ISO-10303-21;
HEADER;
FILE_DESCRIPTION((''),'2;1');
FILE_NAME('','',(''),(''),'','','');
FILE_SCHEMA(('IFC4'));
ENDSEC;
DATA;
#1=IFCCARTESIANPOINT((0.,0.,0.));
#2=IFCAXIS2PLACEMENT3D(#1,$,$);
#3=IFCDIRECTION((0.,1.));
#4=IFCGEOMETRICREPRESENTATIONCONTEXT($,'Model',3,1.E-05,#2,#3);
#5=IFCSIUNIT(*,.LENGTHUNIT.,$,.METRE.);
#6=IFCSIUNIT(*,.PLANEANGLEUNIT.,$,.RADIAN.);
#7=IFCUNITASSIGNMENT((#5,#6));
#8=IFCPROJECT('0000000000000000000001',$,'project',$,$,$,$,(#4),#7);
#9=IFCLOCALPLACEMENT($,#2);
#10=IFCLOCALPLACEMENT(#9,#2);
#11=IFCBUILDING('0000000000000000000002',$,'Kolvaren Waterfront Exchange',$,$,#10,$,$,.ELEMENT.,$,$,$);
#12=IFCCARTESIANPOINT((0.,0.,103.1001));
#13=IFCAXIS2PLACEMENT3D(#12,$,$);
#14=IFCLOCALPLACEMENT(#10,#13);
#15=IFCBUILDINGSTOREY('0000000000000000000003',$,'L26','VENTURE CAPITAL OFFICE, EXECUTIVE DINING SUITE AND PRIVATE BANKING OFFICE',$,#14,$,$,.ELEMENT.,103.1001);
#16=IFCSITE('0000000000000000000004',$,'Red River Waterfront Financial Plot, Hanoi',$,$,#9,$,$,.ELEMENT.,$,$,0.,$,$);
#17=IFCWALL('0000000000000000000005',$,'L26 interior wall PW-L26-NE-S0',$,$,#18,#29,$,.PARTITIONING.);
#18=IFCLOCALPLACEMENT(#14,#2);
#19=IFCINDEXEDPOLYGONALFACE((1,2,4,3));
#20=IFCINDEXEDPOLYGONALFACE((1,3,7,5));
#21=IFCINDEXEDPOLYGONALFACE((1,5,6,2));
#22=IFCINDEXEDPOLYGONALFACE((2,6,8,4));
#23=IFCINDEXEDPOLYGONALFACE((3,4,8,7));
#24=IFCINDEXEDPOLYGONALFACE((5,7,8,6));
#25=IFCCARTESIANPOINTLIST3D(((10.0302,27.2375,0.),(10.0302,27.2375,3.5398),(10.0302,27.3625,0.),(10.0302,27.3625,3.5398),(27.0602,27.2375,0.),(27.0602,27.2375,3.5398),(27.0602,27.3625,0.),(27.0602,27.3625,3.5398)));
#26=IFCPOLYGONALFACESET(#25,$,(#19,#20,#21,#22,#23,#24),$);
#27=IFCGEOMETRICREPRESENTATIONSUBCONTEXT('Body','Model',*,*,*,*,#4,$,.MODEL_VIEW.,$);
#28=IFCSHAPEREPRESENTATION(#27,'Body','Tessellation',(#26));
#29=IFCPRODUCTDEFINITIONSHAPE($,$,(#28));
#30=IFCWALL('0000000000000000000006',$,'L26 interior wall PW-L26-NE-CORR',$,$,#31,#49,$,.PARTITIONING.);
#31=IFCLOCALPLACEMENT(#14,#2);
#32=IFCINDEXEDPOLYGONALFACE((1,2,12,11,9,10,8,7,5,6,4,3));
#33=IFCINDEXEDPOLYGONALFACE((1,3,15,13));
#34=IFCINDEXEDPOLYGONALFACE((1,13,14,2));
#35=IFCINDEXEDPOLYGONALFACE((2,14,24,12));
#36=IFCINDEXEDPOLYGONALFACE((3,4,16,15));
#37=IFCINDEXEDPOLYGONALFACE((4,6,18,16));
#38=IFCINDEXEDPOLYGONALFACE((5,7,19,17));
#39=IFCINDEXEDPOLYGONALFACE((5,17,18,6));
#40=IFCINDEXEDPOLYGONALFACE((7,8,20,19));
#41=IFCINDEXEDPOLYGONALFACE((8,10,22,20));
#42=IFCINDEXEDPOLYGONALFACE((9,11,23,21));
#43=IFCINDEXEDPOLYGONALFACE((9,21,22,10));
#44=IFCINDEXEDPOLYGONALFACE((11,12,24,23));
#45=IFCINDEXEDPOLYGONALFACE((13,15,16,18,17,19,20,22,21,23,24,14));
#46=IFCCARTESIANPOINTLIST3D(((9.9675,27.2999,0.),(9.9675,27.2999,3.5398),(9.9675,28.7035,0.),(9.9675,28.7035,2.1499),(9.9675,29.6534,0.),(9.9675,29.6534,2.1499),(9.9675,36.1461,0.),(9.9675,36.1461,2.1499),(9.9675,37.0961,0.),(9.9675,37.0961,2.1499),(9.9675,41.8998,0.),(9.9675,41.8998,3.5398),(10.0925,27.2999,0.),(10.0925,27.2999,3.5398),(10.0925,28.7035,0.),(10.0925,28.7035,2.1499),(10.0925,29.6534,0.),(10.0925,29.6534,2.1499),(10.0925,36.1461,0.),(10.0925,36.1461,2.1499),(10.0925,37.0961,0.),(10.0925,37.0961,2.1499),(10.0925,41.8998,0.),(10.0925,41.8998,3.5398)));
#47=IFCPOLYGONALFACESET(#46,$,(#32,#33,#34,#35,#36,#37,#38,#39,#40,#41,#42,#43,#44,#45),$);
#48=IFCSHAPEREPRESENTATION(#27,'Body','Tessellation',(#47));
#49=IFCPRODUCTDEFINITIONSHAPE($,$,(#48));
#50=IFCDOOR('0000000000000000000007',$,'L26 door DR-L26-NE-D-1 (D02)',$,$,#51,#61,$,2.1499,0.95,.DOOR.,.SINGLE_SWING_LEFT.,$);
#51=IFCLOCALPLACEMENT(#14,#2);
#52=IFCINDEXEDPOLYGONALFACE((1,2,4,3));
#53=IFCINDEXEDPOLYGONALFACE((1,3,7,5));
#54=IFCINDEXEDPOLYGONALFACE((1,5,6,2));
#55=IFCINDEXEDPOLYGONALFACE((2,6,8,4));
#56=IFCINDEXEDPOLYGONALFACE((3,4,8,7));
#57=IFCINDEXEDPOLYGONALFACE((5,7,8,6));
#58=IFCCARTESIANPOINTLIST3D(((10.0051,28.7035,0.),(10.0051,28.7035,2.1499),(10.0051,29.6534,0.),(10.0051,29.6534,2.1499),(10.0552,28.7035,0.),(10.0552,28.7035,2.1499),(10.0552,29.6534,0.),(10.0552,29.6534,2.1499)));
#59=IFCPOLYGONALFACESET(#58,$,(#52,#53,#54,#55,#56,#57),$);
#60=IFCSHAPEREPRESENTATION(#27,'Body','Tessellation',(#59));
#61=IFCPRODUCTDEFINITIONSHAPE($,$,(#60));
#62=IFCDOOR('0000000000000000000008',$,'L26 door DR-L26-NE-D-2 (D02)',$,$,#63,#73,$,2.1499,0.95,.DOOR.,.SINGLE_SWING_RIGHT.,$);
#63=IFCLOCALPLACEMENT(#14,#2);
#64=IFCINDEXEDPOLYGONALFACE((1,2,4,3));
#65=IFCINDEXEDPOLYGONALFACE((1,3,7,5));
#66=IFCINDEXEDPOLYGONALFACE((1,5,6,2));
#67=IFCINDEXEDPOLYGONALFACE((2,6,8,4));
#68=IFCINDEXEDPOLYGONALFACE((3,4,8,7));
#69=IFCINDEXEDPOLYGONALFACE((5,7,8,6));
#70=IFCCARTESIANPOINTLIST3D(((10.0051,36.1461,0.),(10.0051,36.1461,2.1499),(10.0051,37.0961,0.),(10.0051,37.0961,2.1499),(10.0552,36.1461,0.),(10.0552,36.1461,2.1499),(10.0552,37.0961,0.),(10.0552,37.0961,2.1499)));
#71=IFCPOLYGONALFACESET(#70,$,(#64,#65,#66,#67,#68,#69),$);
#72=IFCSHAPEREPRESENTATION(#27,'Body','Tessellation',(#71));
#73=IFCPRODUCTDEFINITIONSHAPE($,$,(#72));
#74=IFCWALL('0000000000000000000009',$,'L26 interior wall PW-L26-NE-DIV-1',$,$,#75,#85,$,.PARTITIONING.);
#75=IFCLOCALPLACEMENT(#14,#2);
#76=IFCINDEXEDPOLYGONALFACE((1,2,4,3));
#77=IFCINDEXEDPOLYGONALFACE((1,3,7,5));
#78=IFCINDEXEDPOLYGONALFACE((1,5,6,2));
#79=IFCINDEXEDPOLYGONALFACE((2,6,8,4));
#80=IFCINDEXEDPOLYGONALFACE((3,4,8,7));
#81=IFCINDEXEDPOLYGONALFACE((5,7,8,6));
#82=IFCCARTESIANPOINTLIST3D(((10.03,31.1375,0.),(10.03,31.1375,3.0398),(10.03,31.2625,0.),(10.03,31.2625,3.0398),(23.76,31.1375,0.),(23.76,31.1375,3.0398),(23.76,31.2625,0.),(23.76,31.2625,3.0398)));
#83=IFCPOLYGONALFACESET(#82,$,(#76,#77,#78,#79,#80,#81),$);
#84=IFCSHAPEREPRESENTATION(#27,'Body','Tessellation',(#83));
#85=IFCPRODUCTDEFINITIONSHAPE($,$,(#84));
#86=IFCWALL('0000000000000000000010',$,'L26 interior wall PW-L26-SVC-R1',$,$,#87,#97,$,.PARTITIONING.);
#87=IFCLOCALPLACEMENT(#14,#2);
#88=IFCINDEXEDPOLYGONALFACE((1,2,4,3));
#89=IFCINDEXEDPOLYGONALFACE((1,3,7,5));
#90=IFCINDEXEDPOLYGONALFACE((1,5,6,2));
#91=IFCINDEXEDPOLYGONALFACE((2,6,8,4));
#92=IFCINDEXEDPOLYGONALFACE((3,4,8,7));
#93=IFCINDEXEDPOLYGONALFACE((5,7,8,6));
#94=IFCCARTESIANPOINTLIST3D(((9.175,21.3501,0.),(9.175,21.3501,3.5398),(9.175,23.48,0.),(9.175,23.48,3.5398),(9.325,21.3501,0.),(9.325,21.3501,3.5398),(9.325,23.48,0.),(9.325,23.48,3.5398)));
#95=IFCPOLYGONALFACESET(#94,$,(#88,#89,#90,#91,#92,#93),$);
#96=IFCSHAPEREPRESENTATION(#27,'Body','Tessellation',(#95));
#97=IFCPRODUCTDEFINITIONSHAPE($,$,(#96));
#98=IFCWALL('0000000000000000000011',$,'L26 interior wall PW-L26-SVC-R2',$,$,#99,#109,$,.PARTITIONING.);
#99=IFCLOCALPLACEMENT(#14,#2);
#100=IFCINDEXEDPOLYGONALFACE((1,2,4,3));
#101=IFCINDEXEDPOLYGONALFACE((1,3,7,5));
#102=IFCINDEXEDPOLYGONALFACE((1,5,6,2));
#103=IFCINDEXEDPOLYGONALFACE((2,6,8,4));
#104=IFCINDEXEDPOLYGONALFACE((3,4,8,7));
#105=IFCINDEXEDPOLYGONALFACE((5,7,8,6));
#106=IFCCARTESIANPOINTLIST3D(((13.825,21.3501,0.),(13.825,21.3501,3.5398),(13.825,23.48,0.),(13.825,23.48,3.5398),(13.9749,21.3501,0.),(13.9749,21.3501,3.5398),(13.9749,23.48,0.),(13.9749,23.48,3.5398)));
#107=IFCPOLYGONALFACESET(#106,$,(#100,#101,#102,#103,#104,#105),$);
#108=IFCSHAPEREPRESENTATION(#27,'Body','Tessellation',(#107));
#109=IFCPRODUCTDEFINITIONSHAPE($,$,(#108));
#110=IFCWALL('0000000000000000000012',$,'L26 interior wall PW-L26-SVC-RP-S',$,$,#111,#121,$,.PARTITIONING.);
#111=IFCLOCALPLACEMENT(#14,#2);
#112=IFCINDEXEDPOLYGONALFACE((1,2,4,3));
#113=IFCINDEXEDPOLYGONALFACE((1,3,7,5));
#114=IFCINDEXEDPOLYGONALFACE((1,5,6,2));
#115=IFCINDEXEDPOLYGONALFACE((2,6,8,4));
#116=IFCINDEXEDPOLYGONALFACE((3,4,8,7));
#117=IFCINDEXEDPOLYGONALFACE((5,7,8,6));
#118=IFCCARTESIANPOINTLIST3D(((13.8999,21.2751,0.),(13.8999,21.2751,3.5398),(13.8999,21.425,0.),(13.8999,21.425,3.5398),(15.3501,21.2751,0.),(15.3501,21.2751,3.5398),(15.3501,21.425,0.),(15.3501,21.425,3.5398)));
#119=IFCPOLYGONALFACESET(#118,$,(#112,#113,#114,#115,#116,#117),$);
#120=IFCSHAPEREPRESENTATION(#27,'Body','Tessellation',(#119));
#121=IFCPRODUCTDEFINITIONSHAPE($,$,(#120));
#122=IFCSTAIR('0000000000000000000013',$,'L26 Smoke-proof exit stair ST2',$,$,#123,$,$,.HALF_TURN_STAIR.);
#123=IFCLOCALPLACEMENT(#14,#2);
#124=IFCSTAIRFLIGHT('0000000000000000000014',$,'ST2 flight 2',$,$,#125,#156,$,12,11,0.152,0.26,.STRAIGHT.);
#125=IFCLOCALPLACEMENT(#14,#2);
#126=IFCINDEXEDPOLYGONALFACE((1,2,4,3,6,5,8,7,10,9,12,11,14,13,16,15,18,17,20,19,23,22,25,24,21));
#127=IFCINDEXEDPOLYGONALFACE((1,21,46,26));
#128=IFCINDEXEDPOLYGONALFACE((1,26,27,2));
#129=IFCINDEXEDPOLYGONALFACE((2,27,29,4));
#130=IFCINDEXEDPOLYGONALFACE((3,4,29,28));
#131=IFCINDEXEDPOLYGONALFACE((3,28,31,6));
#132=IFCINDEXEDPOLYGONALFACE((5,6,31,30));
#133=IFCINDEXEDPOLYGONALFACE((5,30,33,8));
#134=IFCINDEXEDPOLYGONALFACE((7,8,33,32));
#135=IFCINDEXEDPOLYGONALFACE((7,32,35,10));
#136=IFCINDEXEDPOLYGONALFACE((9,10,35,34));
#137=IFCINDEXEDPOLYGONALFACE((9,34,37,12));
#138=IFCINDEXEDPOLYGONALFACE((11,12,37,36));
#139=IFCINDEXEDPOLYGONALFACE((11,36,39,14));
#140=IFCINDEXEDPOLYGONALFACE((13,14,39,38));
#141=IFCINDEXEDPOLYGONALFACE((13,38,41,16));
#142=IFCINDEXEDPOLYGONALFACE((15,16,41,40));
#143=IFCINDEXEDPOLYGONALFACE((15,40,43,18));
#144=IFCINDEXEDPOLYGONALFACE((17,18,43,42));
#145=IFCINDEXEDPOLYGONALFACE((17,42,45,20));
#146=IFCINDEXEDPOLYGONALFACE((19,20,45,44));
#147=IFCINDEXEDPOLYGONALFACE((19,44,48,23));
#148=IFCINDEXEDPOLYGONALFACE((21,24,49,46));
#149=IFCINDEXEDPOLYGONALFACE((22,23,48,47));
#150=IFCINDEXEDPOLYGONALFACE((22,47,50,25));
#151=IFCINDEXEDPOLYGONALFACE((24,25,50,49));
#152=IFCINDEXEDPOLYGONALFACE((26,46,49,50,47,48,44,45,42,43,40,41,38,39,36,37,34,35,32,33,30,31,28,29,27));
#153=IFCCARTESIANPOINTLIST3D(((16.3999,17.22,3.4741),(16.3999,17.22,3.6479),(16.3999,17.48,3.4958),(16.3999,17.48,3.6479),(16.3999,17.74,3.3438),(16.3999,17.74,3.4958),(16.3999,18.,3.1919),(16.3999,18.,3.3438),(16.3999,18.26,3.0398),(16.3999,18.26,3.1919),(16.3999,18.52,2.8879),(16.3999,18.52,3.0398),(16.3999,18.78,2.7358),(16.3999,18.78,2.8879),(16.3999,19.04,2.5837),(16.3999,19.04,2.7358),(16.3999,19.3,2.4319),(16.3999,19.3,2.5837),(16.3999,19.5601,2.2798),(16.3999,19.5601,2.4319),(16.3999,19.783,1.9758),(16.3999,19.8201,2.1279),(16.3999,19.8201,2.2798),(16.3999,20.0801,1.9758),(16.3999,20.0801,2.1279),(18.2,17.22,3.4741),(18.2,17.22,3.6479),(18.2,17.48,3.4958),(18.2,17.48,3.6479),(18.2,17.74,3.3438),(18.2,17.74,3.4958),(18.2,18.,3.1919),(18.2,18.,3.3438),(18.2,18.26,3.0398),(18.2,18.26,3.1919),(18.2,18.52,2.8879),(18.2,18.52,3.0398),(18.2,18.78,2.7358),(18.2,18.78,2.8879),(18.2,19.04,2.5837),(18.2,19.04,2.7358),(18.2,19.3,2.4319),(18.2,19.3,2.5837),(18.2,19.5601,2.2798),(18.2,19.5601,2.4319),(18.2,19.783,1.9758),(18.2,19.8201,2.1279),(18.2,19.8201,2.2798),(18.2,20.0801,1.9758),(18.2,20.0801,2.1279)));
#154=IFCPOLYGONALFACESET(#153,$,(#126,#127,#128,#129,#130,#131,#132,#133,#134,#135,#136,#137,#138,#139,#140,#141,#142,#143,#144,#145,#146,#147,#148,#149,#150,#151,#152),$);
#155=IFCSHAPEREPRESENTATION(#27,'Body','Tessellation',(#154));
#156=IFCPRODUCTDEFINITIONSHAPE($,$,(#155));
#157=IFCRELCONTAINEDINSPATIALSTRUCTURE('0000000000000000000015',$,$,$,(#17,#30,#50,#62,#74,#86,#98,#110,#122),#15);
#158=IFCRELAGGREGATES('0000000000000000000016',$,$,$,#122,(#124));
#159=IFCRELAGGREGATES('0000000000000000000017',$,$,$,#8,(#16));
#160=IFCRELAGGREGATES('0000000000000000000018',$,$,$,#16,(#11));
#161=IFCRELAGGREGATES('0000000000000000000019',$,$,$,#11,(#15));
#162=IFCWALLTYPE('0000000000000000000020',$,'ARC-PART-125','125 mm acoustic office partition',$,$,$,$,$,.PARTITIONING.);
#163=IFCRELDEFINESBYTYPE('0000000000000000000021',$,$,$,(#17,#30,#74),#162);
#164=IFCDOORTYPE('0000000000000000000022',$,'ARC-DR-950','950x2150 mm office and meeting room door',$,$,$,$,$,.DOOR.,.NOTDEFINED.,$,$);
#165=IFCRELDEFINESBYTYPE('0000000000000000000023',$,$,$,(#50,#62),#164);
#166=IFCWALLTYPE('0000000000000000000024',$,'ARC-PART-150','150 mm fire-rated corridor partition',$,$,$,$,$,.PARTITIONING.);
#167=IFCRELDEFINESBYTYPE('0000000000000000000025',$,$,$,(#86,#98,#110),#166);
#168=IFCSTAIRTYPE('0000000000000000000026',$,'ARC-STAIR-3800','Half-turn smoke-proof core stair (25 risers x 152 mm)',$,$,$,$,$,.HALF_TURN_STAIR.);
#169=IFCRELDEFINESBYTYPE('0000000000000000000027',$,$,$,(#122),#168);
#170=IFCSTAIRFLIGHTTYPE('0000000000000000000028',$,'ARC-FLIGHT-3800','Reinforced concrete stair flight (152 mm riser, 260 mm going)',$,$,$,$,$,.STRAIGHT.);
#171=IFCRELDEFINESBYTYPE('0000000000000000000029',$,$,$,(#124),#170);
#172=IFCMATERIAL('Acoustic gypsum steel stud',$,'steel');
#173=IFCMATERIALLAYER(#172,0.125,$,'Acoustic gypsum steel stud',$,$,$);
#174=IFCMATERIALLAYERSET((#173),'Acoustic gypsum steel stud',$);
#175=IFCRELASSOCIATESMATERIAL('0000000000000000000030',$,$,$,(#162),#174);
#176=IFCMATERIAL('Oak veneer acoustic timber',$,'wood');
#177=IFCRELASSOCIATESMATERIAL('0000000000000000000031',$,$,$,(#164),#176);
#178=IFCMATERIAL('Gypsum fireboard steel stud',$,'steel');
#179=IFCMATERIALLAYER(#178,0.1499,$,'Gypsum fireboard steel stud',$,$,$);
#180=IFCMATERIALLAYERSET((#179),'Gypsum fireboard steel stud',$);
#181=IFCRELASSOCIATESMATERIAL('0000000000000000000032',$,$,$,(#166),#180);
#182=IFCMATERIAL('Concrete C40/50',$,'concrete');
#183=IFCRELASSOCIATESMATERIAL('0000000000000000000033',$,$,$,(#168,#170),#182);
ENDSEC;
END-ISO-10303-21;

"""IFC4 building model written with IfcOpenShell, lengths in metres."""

from ifc_helpers import new_model, si_unit, direction, frame, frame_2d, origin, place, context, subcontext, project, spatial, polyline, rectangle, outline, extrude, material, layer, layer_set, type_object, element, fill, aggregate, save


model = new_model("IFC4")

# Units and contexts
model_context = context("Model", 3, precision=1e-05, world=origin(), true_north=direction((0.0, 1.0)))
body_context = subcontext(model_context, "Body", "Model", "MODEL_VIEW")
ifc_project = project(units=[si_unit("LENGTHUNIT", "METRE"), si_unit("PLANEANGLEUNIT", "RADIAN")], contexts=[model_context])

# Site, building, storey
site_placement = place(None, origin())
site = spatial("IfcSite", under=ifc_project, at=site_placement, Name="Red River Waterfront Financial Plot, Hanoi", CompositionType="ELEMENT", RefElevation=0.0)
building_placement = place(site_placement, origin())
building = spatial("IfcBuilding", under=site, at=building_placement, Name="Kolvaren Waterfront Exchange", CompositionType="ELEMENT")
storey_placement = place(building_placement, frame((0.0, 0.0, 103.1001)))
storey = spatial("IfcBuildingStorey", under=building, at=storey_placement, Name="L26", Description="VENTURE CAPITAL OFFICE, EXECUTIVE DINING SUITE AND PRIVATE BANKING OFFICE", CompositionType="ELEMENT", Elevation=103.1001)

# Shared definitions
ifc_material_1 = material(Name="Acoustic gypsum steel stud", Category="steel")
ifc_layer_1 = layer(ifc_material_1, 0.125, Name="Acoustic gypsum steel stud")
ifc_layer_set_1 = layer_set([ifc_layer_1], Name="Acoustic gypsum steel stud")
wall_type_1 = type_object("IfcWallType", Name="ARC-PART-125", Description="125 mm acoustic office partition", PredefinedType="PARTITIONING", material=ifc_layer_set_1)

# Shared definitions
ifc_material_2 = material(Name="Oak veneer acoustic timber", Category="wood")
door_type_1 = type_object("IfcDoorType", Name="ARC-DR-950", Description="950x2150 mm office and meeting room door", OperationType="NOTDEFINED", PredefinedType="DOOR", material=ifc_material_2)

# Wall
wall_1_placement = place(storey_placement, frame((10.03, 27.3, 0.0), z_axis=(0.0, 0.0, 1.0), x_axis=(1.0, 0.0, 0.0)))
element("IfcWall", 1, at=wall_1_placement, inside=storey, type_object=wall_type_1, Name="L26 interior wall PW-L26-NE-S0", PredefinedType="PARTITIONING", context=body_context, shape_type="SweptSolid", body=[
    extrude(rectangle(XDim=17.03, YDim=0.125, at=frame_2d((8.5151, 0.0))), origin(), (0.0, 0.0, 1.0), 3.5398),
])

# Wall, openings, doors
wall_2_placement = place(storey_placement, frame((10.03, 27.3, 0.0), z_axis=(0.0, 0.0, 1.0), x_axis=(0.0, 1.0, 0.0)))
wall_2 = element("IfcWall", 2, at=wall_2_placement, inside=storey, type_object=wall_type_1, Name="L26 interior wall PW-L26-NE-CORR", PredefinedType="PARTITIONING", context=body_context, shape_type="SweptSolid", body=[
    extrude(rectangle(XDim=14.5999, YDim=0.125, at=frame_2d((7.2998, 0.0))), origin(), (0.0, 0.0, 1.0), 3.5398),
])
opening_1_placement = place(wall_2_placement, frame((1.4033, 0.0, 0.0)))
opening_1 = element("IfcOpeningElement", 3, at=opening_1_placement, cuts=wall_2, PredefinedType="OPENING", context=body_context, shape_type="SweptSolid", body=[
    extrude(rectangle(XDim=0.95, YDim=2.1499, at=frame_2d((0.4751, 1.075))), frame((0.0, 0.0725, 0.0), z_axis=(0.0, -1.0, 0.0), x_axis=(1.0, 0.0, 0.0)), (0.0, 0.0, 1.0), 0.145),
])
opening_2_placement = place(wall_2_placement, frame((8.8459, 0.0, 0.0)))
opening_2 = element("IfcOpeningElement", 4, at=opening_2_placement, cuts=wall_2, PredefinedType="OPENING", context=body_context, shape_type="SweptSolid", body=[
    extrude(rectangle(XDim=0.95, YDim=2.1499, at=frame_2d((0.4751, 1.075))), frame((0.0, 0.0725, 0.0), z_axis=(0.0, -1.0, 0.0), x_axis=(1.0, 0.0, 0.0)), (0.0, 0.0, 1.0), 0.145),
])
door_1_placement = place(opening_1_placement, origin())
door_1 = element("IfcDoor", 5, at=door_1_placement, inside=storey, type_object=door_type_1, Name="L26 door DR-L26-NE-D-1 (D02)", OperationType="SINGLE_SWING_LEFT", OverallHeight=2.1499, OverallWidth=0.95, PredefinedType="DOOR", context=body_context, shape_type="SweptSolid", body=[
    extrude(rectangle(XDim=0.95, YDim=2.1499, at=frame_2d((0.4751, 1.075))), frame((0.0, 0.0249, 0.0), z_axis=(0.0, -1.0, 0.0), x_axis=(1.0, 0.0, 0.0)), (0.0, 0.0, 1.0), 0.05),
])
fill(opening_1, door_1)
door_2_placement = place(opening_2_placement, origin())
door_2 = element("IfcDoor", 6, at=door_2_placement, inside=storey, type_object=door_type_1, Name="L26 door DR-L26-NE-D-2 (D02)", OperationType="SINGLE_SWING_RIGHT", OverallHeight=2.1499, OverallWidth=0.95, PredefinedType="DOOR", context=body_context, shape_type="SweptSolid", body=[
    extrude(rectangle(XDim=0.95, YDim=2.1499, at=frame_2d((0.4751, 1.075))), frame((0.0, 0.0249, 0.0), z_axis=(0.0, -1.0, 0.0), x_axis=(1.0, 0.0, 0.0)), (0.0, 0.0, 1.0), 0.05),
])
fill(opening_2, door_2)

# Walls
wall_3_placement = place(storey_placement, frame((10.03, 31.2, 0.0), z_axis=(0.0, 0.0, 1.0), x_axis=(1.0, 0.0, 0.0)))
element("IfcWall", 7, at=wall_3_placement, inside=storey, type_object=wall_type_1, Name="L26 interior wall PW-L26-NE-DIV-1", PredefinedType="PARTITIONING", context=body_context, shape_type="SweptSolid", body=[
    extrude(rectangle(XDim=13.73, YDim=0.125, at=frame_2d((6.865, 0.0))), origin(), (0.0, 0.0, 1.0), 3.0398),
])
ifc_material_3 = material(Name="Gypsum fireboard steel stud", Category="steel")
ifc_layer_2 = layer(ifc_material_3, 0.1499, Name="Gypsum fireboard steel stud")
ifc_layer_set_2 = layer_set([ifc_layer_2], Name="Gypsum fireboard steel stud")
wall_type_2 = type_object("IfcWallType", Name="ARC-PART-150", Description="150 mm fire-rated corridor partition", PredefinedType="PARTITIONING", material=ifc_layer_set_2)
for number, where, z_axis, x_axis, name in (
    (8, (9.25, 21.3501, 0.0), (0.0, 0.0, 1.0), (0.0, 1.0, 0.0), "L26 interior wall PW-L26-SVC-R1"),
    (9, (13.8999, 21.3501, 0.0), (0.0, 0.0, 1.0), (0.0, 1.0, 0.0), "L26 interior wall PW-L26-SVC-R2"),
):
    element("IfcWall", number, at=place(storey_placement, frame(where, z_axis=z_axis, x_axis=x_axis)), inside=storey, type_object=wall_type_2, Name=name, PredefinedType="PARTITIONING", context=body_context, shape_type="SweptSolid", body=[
        extrude(rectangle(XDim=2.1299, YDim=0.1499, at=frame_2d((1.0649, 0.0))), origin(), (0.0, 0.0, 1.0), 3.5398),
    ])

# Wall
wall_4_placement = place(storey_placement, frame((13.8999, 21.3501, 0.0), z_axis=(0.0, 0.0, 1.0), x_axis=(1.0, 0.0, 0.0)))
element("IfcWall", 10, at=wall_4_placement, inside=storey, type_object=wall_type_2, Name="L26 interior wall PW-L26-SVC-RP-S", PredefinedType="PARTITIONING", context=body_context, shape_type="SweptSolid", body=[
    extrude(rectangle(XDim=1.4502, YDim=0.1499, at=frame_2d((0.7251, 0.0))), origin(), (0.0, 0.0, 1.0), 3.5398),
])

# Stair, stair flight
ifc_material_4 = material(Name="Concrete C40/50", Category="concrete")
stair_type = type_object("IfcStairType", Name="ARC-STAIR-3800", Description="Half-turn smoke-proof core stair (25 risers x 152 mm)", PredefinedType="HALF_TURN_STAIR", material=ifc_material_4)
stair_placement = place(storey_placement, origin())
stair = element("IfcStair", 11, at=stair_placement, inside=storey, type_object=stair_type, Name="L26 Smoke-proof exit stair ST2", PredefinedType="HALF_TURN_STAIR")
stair_flight_type = type_object("IfcStairFlightType", Name="ARC-FLIGHT-3800", Description="Reinforced concrete stair flight (152 mm riser, 260 mm going)", PredefinedType="STRAIGHT", material=ifc_material_4)
stair_flight_placement = place(storey_placement, frame((17.3, 20.0801, 1.9758), z_axis=(0.0, 0.0, 1.0), x_axis=(0.0, -1.0, 0.0)))
stair_flight = element("IfcStairFlight", 12, at=stair_flight_placement, type_object=stair_flight_type, Name="ST2 flight 2", NumberOfRisers=12, NumberOfTreads=11, PredefinedType="STRAIGHT", RiserHeight=0.152, TreadLength=0.26, context=body_context, shape_type="SweptSolid", body=[
    extrude(outline(polyline([(0.0, 0.0), (0.0, 0.1521), (0.26, 0.1521), (0.26, 0.304), (0.52, 0.304), (0.52, 0.4561), (0.78, 0.4561), (0.78, 0.6079), (1.04, 0.6079), (1.04, 0.76), (1.3, 0.76), (1.3, 0.9121), (1.5601, 0.9121), (1.5601, 1.064), (1.8201, 1.064), (1.8201, 1.2161), (2.0801, 1.2161), (2.0801, 1.3679), (2.3401, 1.3679), (2.3401, 1.52), (2.6001, 1.52), (2.6001, 1.6721), (2.8601, 1.6721), (2.8601, 1.824), (2.8601, 1.4983), (0.2971, 0.0), (0.0, 0.0)])), frame((0.0, 0.8999, 0.0), z_axis=(0.0, -1.0, 0.0), x_axis=(1.0, 0.0, 0.0)), (0.0, 0.0, 1.0), 1.8),
])
aggregate(stair, [stair_flight])

save(model, "model.ifc")
